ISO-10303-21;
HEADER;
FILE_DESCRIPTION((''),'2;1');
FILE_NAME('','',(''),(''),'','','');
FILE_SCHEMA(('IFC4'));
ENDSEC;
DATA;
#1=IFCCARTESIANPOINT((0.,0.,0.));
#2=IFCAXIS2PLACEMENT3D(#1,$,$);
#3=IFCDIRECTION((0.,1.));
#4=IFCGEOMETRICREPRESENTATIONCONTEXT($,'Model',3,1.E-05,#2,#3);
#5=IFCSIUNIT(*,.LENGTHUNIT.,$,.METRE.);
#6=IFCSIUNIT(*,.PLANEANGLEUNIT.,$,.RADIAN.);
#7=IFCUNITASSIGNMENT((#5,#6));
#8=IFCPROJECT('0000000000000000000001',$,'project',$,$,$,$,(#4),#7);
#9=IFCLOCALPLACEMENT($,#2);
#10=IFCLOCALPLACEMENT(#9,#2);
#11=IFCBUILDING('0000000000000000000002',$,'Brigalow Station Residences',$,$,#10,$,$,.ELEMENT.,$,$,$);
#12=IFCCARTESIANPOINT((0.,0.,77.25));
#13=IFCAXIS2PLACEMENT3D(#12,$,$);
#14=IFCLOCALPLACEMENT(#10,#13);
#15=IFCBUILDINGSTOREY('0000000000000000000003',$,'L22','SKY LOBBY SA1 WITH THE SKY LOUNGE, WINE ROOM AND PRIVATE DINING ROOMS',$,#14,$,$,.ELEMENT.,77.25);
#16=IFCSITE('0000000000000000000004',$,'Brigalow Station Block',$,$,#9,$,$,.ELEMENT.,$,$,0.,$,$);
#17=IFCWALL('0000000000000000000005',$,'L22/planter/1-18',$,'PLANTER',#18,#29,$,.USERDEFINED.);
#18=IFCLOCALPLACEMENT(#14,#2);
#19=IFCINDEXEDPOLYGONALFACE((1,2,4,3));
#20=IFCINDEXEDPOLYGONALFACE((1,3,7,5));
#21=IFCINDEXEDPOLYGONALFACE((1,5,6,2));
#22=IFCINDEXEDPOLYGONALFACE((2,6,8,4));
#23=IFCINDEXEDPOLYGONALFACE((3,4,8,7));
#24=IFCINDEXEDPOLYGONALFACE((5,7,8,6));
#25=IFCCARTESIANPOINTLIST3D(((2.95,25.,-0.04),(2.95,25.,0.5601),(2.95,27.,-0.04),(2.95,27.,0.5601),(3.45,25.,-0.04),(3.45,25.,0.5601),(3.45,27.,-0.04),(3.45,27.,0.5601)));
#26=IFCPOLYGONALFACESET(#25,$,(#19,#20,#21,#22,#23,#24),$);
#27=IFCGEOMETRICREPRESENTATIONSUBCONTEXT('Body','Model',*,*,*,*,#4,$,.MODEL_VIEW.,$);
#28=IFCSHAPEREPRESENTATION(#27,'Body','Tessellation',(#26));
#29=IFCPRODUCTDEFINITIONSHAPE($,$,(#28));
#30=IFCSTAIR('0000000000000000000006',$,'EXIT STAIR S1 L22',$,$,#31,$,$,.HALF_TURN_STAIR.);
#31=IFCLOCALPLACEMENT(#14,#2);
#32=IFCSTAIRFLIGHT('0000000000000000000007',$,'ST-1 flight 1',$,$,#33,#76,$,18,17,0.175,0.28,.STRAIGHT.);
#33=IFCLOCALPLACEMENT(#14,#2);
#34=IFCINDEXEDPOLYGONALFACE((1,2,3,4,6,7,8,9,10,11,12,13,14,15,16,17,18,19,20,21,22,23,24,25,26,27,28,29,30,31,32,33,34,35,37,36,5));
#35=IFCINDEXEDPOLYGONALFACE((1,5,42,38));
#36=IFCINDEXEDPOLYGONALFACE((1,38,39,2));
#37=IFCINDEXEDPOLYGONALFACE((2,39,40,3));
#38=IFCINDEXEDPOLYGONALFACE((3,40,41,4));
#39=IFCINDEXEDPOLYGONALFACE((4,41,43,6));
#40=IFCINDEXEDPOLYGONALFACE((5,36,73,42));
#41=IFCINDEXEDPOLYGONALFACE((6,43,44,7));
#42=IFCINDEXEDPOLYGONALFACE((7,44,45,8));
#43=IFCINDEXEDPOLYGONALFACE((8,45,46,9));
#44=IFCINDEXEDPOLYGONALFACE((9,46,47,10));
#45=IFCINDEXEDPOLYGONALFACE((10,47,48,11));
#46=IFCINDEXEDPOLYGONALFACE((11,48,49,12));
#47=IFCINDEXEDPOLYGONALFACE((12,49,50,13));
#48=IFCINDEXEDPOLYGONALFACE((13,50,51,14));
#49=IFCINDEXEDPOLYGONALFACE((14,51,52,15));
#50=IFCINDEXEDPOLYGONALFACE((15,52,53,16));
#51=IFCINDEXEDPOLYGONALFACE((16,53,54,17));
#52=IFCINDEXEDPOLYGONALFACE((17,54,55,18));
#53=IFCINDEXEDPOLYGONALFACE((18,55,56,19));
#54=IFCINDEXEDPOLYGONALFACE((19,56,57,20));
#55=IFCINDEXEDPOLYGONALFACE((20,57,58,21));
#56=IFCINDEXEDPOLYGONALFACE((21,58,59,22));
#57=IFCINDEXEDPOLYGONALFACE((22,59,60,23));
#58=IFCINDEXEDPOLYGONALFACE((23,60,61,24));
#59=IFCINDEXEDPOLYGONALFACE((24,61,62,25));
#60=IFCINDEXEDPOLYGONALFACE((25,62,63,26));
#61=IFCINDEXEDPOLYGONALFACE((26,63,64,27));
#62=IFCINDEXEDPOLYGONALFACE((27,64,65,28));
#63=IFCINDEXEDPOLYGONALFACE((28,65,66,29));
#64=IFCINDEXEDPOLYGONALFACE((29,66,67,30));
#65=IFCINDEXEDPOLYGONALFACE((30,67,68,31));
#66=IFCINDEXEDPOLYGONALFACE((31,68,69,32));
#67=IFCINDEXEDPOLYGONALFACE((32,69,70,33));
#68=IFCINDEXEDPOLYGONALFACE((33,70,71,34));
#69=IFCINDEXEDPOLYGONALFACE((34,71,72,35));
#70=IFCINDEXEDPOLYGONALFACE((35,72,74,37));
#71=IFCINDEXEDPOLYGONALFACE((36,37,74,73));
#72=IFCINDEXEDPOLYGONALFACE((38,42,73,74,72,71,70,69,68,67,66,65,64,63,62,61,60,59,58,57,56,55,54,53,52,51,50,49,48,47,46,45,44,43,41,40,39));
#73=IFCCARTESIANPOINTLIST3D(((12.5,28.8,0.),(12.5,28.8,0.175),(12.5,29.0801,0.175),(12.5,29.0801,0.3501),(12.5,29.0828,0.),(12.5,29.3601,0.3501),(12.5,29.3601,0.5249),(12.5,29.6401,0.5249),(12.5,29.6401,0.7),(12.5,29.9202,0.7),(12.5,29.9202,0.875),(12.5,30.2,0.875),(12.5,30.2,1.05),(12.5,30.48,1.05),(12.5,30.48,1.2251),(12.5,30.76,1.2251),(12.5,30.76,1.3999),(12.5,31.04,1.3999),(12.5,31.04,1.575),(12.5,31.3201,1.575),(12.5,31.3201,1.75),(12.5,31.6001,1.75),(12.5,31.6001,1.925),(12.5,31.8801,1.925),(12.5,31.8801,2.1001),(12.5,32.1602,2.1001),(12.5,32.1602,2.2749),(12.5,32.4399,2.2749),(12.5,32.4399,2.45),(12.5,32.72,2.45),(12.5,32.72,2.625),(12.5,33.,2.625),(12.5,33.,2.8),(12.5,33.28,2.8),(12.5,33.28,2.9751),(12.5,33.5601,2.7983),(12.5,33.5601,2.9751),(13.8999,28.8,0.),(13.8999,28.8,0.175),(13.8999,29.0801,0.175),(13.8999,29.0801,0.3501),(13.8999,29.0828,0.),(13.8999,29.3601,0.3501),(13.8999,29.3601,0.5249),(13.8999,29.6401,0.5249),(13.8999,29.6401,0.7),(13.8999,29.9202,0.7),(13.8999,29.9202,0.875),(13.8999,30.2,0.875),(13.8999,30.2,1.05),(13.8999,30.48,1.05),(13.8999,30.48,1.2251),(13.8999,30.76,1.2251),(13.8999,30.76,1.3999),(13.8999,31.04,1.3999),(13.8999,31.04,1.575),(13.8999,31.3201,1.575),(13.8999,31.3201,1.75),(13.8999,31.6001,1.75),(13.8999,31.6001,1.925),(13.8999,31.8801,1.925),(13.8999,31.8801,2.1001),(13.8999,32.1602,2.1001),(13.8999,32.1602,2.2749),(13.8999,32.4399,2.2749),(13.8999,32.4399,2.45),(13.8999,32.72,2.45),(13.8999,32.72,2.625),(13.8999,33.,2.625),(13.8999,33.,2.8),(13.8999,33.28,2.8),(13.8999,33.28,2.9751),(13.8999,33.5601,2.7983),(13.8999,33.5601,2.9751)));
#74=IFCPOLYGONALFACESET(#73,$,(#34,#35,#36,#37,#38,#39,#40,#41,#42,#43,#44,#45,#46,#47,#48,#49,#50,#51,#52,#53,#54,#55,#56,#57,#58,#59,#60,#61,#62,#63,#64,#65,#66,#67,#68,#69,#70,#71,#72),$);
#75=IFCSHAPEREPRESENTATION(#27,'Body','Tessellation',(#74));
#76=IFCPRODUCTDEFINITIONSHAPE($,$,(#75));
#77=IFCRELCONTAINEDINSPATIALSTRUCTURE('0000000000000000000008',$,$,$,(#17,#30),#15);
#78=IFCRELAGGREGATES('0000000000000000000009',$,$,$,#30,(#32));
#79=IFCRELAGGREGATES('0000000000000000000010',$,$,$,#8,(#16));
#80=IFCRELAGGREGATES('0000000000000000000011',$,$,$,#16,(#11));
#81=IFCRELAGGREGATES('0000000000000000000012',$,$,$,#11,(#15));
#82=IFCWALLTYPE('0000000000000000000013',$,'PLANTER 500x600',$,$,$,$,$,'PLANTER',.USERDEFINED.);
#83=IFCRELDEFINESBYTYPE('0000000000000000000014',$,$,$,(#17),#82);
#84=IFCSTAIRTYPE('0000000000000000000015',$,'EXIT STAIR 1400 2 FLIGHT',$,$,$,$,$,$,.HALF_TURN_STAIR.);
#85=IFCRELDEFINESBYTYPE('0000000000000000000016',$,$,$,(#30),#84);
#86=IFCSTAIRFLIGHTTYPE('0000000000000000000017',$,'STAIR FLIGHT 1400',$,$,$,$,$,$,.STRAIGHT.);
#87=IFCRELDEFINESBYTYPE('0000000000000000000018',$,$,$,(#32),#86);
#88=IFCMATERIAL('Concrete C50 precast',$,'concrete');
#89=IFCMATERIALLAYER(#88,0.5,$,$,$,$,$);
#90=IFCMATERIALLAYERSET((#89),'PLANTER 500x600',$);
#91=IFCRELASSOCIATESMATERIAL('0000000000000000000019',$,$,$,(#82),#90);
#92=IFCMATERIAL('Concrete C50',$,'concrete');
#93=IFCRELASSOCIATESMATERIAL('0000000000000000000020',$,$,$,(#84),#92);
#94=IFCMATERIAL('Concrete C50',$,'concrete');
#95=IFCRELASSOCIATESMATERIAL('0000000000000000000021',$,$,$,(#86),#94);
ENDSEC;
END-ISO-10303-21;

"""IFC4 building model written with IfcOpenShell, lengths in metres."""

from ifc_helpers import new_model, si_unit, direction, frame, frame_2d, origin, place, context, subcontext, project, spatial, polyline, rectangle, outline, extrude, material, layer, layer_set, type_object, element, aggregate, save


model = new_model("IFC4")

# Units and contexts
model_context = context("Model", 3, precision=1e-05, world=origin(), true_north=direction((0.0, 1.0)))
body_context = subcontext(model_context, "Body", "Model", "MODEL_VIEW")
ifc_project = project(units=[si_unit("LENGTHUNIT", "METRE"), si_unit("PLANEANGLEUNIT", "RADIAN")], contexts=[model_context])

# Site, building, storey
site_placement = place(None, origin())
site = spatial("IfcSite", under=ifc_project, at=site_placement, Name="Brigalow Station Block", CompositionType="ELEMENT", RefElevation=0.0)
building_placement = place(site_placement, origin())
building = spatial("IfcBuilding", under=site, at=building_placement, Name="Brigalow Station Residences", CompositionType="ELEMENT")
storey_placement = place(building_placement, frame((0.0, 0.0, 77.25)))
storey = spatial("IfcBuildingStorey", under=building, at=storey_placement, Name="L22", Description="SKY LOBBY SA1 WITH THE SKY LOUNGE, WINE ROOM AND PRIVATE DINING ROOMS", CompositionType="ELEMENT", Elevation=77.25)

# Wall
ifc_material_1 = material(Name="Concrete C50 precast", Category="concrete")
ifc_layer_1 = layer(ifc_material_1, 0.5)
ifc_layer_set_1 = layer_set([ifc_layer_1], Name="PLANTER 500x600")
wall_type_1 = type_object("IfcWallType", Name="PLANTER 500x600", ElementType="PLANTER", PredefinedType="USERDEFINED", material=ifc_layer_set_1)
wall_1_placement = place(storey_placement, frame((3.2, 27.0, -0.04), z_axis=(0.0, 0.0, 1.0), x_axis=(0.0, -1.0, 0.0)))
element("IfcWall", 1, at=wall_1_placement, inside=storey, type_object=wall_type_1, Name="L22/planter/1-18", ObjectType="PLANTER", PredefinedType="USERDEFINED", context=body_context, shape_type="SweptSolid", body=[
    extrude(rectangle(XDim=2.0, YDim=0.5, at=frame_2d((1.0, 0.0))), origin(), (0.0, 0.0, 1.0), 0.6001),
])

# Stair, stair flight
ifc_material_2 = material(Name="Concrete C50", Category="concrete")
stair_type = type_object("IfcStairType", Name="EXIT STAIR 1400 2 FLIGHT", PredefinedType="HALF_TURN_STAIR", material=ifc_material_2)
stair_placement = place(storey_placement, origin())
stair = element("IfcStair", 2, at=stair_placement, inside=storey, type_object=stair_type, Name="EXIT STAIR S1 L22", PredefinedType="HALF_TURN_STAIR")
ifc_material_3 = material(Name="Concrete C50", Category="concrete")
stair_flight_type = type_object("IfcStairFlightType", Name="STAIR FLIGHT 1400", PredefinedType="STRAIGHT", material=ifc_material_3)
stair_flight_placement = place(storey_placement, frame((13.2, 28.8, 0.0), z_axis=(0.0, 0.0, 1.0), x_axis=(0.0, 1.0, 0.0)))
stair_flight = element("IfcStairFlight", 3, at=stair_flight_placement, type_object=stair_flight_type, Name="ST-1 flight 1", NumberOfRisers=18, NumberOfTreads=17, PredefinedType="STRAIGHT", RiserHeight=0.175, TreadLength=0.28, context=body_context, shape_type="SweptSolid", body=[
    extrude(outline(polyline([(0.0, 0.0), (0.0, 0.175), (0.28, 0.175), (0.28, 0.3501), (0.5601, 0.3501), (0.5601, 0.5249), (0.8401, 0.5249), (0.8401, 0.7), (1.1201, 0.7), (1.1201, 0.875), (1.3999, 0.875), (1.3999, 1.05), (1.6799, 1.05), (1.6799, 1.2251), (1.96, 1.2251), (1.96, 1.3999), (2.24, 1.3999), (2.24, 1.575), (2.52, 1.575), (2.52, 1.75), (2.8, 1.75), (2.8, 1.925), (3.0801, 1.925), (3.0801, 2.1001), (3.3601, 2.1001), (3.3601, 2.2749), (3.6399, 2.2749), (3.6399, 2.45), (3.9199, 2.45), (3.9199, 2.625), (4.2, 2.625), (4.2, 2.8), (4.48, 2.8), (4.48, 2.9751), (4.76, 2.9751), (4.76, 3.1499), (4.76, 2.7983), (0.2827, 0.0), (0.0, 0.0)])), frame((0.0, 0.7, 0.0), z_axis=(0.0, -1.0, 0.0), x_axis=(1.0, 0.0, 0.0)), (0.0, 0.0, 1.0), 1.3999),
])
aggregate(stair, [stair_flight])

save(model, "model.ifc")
